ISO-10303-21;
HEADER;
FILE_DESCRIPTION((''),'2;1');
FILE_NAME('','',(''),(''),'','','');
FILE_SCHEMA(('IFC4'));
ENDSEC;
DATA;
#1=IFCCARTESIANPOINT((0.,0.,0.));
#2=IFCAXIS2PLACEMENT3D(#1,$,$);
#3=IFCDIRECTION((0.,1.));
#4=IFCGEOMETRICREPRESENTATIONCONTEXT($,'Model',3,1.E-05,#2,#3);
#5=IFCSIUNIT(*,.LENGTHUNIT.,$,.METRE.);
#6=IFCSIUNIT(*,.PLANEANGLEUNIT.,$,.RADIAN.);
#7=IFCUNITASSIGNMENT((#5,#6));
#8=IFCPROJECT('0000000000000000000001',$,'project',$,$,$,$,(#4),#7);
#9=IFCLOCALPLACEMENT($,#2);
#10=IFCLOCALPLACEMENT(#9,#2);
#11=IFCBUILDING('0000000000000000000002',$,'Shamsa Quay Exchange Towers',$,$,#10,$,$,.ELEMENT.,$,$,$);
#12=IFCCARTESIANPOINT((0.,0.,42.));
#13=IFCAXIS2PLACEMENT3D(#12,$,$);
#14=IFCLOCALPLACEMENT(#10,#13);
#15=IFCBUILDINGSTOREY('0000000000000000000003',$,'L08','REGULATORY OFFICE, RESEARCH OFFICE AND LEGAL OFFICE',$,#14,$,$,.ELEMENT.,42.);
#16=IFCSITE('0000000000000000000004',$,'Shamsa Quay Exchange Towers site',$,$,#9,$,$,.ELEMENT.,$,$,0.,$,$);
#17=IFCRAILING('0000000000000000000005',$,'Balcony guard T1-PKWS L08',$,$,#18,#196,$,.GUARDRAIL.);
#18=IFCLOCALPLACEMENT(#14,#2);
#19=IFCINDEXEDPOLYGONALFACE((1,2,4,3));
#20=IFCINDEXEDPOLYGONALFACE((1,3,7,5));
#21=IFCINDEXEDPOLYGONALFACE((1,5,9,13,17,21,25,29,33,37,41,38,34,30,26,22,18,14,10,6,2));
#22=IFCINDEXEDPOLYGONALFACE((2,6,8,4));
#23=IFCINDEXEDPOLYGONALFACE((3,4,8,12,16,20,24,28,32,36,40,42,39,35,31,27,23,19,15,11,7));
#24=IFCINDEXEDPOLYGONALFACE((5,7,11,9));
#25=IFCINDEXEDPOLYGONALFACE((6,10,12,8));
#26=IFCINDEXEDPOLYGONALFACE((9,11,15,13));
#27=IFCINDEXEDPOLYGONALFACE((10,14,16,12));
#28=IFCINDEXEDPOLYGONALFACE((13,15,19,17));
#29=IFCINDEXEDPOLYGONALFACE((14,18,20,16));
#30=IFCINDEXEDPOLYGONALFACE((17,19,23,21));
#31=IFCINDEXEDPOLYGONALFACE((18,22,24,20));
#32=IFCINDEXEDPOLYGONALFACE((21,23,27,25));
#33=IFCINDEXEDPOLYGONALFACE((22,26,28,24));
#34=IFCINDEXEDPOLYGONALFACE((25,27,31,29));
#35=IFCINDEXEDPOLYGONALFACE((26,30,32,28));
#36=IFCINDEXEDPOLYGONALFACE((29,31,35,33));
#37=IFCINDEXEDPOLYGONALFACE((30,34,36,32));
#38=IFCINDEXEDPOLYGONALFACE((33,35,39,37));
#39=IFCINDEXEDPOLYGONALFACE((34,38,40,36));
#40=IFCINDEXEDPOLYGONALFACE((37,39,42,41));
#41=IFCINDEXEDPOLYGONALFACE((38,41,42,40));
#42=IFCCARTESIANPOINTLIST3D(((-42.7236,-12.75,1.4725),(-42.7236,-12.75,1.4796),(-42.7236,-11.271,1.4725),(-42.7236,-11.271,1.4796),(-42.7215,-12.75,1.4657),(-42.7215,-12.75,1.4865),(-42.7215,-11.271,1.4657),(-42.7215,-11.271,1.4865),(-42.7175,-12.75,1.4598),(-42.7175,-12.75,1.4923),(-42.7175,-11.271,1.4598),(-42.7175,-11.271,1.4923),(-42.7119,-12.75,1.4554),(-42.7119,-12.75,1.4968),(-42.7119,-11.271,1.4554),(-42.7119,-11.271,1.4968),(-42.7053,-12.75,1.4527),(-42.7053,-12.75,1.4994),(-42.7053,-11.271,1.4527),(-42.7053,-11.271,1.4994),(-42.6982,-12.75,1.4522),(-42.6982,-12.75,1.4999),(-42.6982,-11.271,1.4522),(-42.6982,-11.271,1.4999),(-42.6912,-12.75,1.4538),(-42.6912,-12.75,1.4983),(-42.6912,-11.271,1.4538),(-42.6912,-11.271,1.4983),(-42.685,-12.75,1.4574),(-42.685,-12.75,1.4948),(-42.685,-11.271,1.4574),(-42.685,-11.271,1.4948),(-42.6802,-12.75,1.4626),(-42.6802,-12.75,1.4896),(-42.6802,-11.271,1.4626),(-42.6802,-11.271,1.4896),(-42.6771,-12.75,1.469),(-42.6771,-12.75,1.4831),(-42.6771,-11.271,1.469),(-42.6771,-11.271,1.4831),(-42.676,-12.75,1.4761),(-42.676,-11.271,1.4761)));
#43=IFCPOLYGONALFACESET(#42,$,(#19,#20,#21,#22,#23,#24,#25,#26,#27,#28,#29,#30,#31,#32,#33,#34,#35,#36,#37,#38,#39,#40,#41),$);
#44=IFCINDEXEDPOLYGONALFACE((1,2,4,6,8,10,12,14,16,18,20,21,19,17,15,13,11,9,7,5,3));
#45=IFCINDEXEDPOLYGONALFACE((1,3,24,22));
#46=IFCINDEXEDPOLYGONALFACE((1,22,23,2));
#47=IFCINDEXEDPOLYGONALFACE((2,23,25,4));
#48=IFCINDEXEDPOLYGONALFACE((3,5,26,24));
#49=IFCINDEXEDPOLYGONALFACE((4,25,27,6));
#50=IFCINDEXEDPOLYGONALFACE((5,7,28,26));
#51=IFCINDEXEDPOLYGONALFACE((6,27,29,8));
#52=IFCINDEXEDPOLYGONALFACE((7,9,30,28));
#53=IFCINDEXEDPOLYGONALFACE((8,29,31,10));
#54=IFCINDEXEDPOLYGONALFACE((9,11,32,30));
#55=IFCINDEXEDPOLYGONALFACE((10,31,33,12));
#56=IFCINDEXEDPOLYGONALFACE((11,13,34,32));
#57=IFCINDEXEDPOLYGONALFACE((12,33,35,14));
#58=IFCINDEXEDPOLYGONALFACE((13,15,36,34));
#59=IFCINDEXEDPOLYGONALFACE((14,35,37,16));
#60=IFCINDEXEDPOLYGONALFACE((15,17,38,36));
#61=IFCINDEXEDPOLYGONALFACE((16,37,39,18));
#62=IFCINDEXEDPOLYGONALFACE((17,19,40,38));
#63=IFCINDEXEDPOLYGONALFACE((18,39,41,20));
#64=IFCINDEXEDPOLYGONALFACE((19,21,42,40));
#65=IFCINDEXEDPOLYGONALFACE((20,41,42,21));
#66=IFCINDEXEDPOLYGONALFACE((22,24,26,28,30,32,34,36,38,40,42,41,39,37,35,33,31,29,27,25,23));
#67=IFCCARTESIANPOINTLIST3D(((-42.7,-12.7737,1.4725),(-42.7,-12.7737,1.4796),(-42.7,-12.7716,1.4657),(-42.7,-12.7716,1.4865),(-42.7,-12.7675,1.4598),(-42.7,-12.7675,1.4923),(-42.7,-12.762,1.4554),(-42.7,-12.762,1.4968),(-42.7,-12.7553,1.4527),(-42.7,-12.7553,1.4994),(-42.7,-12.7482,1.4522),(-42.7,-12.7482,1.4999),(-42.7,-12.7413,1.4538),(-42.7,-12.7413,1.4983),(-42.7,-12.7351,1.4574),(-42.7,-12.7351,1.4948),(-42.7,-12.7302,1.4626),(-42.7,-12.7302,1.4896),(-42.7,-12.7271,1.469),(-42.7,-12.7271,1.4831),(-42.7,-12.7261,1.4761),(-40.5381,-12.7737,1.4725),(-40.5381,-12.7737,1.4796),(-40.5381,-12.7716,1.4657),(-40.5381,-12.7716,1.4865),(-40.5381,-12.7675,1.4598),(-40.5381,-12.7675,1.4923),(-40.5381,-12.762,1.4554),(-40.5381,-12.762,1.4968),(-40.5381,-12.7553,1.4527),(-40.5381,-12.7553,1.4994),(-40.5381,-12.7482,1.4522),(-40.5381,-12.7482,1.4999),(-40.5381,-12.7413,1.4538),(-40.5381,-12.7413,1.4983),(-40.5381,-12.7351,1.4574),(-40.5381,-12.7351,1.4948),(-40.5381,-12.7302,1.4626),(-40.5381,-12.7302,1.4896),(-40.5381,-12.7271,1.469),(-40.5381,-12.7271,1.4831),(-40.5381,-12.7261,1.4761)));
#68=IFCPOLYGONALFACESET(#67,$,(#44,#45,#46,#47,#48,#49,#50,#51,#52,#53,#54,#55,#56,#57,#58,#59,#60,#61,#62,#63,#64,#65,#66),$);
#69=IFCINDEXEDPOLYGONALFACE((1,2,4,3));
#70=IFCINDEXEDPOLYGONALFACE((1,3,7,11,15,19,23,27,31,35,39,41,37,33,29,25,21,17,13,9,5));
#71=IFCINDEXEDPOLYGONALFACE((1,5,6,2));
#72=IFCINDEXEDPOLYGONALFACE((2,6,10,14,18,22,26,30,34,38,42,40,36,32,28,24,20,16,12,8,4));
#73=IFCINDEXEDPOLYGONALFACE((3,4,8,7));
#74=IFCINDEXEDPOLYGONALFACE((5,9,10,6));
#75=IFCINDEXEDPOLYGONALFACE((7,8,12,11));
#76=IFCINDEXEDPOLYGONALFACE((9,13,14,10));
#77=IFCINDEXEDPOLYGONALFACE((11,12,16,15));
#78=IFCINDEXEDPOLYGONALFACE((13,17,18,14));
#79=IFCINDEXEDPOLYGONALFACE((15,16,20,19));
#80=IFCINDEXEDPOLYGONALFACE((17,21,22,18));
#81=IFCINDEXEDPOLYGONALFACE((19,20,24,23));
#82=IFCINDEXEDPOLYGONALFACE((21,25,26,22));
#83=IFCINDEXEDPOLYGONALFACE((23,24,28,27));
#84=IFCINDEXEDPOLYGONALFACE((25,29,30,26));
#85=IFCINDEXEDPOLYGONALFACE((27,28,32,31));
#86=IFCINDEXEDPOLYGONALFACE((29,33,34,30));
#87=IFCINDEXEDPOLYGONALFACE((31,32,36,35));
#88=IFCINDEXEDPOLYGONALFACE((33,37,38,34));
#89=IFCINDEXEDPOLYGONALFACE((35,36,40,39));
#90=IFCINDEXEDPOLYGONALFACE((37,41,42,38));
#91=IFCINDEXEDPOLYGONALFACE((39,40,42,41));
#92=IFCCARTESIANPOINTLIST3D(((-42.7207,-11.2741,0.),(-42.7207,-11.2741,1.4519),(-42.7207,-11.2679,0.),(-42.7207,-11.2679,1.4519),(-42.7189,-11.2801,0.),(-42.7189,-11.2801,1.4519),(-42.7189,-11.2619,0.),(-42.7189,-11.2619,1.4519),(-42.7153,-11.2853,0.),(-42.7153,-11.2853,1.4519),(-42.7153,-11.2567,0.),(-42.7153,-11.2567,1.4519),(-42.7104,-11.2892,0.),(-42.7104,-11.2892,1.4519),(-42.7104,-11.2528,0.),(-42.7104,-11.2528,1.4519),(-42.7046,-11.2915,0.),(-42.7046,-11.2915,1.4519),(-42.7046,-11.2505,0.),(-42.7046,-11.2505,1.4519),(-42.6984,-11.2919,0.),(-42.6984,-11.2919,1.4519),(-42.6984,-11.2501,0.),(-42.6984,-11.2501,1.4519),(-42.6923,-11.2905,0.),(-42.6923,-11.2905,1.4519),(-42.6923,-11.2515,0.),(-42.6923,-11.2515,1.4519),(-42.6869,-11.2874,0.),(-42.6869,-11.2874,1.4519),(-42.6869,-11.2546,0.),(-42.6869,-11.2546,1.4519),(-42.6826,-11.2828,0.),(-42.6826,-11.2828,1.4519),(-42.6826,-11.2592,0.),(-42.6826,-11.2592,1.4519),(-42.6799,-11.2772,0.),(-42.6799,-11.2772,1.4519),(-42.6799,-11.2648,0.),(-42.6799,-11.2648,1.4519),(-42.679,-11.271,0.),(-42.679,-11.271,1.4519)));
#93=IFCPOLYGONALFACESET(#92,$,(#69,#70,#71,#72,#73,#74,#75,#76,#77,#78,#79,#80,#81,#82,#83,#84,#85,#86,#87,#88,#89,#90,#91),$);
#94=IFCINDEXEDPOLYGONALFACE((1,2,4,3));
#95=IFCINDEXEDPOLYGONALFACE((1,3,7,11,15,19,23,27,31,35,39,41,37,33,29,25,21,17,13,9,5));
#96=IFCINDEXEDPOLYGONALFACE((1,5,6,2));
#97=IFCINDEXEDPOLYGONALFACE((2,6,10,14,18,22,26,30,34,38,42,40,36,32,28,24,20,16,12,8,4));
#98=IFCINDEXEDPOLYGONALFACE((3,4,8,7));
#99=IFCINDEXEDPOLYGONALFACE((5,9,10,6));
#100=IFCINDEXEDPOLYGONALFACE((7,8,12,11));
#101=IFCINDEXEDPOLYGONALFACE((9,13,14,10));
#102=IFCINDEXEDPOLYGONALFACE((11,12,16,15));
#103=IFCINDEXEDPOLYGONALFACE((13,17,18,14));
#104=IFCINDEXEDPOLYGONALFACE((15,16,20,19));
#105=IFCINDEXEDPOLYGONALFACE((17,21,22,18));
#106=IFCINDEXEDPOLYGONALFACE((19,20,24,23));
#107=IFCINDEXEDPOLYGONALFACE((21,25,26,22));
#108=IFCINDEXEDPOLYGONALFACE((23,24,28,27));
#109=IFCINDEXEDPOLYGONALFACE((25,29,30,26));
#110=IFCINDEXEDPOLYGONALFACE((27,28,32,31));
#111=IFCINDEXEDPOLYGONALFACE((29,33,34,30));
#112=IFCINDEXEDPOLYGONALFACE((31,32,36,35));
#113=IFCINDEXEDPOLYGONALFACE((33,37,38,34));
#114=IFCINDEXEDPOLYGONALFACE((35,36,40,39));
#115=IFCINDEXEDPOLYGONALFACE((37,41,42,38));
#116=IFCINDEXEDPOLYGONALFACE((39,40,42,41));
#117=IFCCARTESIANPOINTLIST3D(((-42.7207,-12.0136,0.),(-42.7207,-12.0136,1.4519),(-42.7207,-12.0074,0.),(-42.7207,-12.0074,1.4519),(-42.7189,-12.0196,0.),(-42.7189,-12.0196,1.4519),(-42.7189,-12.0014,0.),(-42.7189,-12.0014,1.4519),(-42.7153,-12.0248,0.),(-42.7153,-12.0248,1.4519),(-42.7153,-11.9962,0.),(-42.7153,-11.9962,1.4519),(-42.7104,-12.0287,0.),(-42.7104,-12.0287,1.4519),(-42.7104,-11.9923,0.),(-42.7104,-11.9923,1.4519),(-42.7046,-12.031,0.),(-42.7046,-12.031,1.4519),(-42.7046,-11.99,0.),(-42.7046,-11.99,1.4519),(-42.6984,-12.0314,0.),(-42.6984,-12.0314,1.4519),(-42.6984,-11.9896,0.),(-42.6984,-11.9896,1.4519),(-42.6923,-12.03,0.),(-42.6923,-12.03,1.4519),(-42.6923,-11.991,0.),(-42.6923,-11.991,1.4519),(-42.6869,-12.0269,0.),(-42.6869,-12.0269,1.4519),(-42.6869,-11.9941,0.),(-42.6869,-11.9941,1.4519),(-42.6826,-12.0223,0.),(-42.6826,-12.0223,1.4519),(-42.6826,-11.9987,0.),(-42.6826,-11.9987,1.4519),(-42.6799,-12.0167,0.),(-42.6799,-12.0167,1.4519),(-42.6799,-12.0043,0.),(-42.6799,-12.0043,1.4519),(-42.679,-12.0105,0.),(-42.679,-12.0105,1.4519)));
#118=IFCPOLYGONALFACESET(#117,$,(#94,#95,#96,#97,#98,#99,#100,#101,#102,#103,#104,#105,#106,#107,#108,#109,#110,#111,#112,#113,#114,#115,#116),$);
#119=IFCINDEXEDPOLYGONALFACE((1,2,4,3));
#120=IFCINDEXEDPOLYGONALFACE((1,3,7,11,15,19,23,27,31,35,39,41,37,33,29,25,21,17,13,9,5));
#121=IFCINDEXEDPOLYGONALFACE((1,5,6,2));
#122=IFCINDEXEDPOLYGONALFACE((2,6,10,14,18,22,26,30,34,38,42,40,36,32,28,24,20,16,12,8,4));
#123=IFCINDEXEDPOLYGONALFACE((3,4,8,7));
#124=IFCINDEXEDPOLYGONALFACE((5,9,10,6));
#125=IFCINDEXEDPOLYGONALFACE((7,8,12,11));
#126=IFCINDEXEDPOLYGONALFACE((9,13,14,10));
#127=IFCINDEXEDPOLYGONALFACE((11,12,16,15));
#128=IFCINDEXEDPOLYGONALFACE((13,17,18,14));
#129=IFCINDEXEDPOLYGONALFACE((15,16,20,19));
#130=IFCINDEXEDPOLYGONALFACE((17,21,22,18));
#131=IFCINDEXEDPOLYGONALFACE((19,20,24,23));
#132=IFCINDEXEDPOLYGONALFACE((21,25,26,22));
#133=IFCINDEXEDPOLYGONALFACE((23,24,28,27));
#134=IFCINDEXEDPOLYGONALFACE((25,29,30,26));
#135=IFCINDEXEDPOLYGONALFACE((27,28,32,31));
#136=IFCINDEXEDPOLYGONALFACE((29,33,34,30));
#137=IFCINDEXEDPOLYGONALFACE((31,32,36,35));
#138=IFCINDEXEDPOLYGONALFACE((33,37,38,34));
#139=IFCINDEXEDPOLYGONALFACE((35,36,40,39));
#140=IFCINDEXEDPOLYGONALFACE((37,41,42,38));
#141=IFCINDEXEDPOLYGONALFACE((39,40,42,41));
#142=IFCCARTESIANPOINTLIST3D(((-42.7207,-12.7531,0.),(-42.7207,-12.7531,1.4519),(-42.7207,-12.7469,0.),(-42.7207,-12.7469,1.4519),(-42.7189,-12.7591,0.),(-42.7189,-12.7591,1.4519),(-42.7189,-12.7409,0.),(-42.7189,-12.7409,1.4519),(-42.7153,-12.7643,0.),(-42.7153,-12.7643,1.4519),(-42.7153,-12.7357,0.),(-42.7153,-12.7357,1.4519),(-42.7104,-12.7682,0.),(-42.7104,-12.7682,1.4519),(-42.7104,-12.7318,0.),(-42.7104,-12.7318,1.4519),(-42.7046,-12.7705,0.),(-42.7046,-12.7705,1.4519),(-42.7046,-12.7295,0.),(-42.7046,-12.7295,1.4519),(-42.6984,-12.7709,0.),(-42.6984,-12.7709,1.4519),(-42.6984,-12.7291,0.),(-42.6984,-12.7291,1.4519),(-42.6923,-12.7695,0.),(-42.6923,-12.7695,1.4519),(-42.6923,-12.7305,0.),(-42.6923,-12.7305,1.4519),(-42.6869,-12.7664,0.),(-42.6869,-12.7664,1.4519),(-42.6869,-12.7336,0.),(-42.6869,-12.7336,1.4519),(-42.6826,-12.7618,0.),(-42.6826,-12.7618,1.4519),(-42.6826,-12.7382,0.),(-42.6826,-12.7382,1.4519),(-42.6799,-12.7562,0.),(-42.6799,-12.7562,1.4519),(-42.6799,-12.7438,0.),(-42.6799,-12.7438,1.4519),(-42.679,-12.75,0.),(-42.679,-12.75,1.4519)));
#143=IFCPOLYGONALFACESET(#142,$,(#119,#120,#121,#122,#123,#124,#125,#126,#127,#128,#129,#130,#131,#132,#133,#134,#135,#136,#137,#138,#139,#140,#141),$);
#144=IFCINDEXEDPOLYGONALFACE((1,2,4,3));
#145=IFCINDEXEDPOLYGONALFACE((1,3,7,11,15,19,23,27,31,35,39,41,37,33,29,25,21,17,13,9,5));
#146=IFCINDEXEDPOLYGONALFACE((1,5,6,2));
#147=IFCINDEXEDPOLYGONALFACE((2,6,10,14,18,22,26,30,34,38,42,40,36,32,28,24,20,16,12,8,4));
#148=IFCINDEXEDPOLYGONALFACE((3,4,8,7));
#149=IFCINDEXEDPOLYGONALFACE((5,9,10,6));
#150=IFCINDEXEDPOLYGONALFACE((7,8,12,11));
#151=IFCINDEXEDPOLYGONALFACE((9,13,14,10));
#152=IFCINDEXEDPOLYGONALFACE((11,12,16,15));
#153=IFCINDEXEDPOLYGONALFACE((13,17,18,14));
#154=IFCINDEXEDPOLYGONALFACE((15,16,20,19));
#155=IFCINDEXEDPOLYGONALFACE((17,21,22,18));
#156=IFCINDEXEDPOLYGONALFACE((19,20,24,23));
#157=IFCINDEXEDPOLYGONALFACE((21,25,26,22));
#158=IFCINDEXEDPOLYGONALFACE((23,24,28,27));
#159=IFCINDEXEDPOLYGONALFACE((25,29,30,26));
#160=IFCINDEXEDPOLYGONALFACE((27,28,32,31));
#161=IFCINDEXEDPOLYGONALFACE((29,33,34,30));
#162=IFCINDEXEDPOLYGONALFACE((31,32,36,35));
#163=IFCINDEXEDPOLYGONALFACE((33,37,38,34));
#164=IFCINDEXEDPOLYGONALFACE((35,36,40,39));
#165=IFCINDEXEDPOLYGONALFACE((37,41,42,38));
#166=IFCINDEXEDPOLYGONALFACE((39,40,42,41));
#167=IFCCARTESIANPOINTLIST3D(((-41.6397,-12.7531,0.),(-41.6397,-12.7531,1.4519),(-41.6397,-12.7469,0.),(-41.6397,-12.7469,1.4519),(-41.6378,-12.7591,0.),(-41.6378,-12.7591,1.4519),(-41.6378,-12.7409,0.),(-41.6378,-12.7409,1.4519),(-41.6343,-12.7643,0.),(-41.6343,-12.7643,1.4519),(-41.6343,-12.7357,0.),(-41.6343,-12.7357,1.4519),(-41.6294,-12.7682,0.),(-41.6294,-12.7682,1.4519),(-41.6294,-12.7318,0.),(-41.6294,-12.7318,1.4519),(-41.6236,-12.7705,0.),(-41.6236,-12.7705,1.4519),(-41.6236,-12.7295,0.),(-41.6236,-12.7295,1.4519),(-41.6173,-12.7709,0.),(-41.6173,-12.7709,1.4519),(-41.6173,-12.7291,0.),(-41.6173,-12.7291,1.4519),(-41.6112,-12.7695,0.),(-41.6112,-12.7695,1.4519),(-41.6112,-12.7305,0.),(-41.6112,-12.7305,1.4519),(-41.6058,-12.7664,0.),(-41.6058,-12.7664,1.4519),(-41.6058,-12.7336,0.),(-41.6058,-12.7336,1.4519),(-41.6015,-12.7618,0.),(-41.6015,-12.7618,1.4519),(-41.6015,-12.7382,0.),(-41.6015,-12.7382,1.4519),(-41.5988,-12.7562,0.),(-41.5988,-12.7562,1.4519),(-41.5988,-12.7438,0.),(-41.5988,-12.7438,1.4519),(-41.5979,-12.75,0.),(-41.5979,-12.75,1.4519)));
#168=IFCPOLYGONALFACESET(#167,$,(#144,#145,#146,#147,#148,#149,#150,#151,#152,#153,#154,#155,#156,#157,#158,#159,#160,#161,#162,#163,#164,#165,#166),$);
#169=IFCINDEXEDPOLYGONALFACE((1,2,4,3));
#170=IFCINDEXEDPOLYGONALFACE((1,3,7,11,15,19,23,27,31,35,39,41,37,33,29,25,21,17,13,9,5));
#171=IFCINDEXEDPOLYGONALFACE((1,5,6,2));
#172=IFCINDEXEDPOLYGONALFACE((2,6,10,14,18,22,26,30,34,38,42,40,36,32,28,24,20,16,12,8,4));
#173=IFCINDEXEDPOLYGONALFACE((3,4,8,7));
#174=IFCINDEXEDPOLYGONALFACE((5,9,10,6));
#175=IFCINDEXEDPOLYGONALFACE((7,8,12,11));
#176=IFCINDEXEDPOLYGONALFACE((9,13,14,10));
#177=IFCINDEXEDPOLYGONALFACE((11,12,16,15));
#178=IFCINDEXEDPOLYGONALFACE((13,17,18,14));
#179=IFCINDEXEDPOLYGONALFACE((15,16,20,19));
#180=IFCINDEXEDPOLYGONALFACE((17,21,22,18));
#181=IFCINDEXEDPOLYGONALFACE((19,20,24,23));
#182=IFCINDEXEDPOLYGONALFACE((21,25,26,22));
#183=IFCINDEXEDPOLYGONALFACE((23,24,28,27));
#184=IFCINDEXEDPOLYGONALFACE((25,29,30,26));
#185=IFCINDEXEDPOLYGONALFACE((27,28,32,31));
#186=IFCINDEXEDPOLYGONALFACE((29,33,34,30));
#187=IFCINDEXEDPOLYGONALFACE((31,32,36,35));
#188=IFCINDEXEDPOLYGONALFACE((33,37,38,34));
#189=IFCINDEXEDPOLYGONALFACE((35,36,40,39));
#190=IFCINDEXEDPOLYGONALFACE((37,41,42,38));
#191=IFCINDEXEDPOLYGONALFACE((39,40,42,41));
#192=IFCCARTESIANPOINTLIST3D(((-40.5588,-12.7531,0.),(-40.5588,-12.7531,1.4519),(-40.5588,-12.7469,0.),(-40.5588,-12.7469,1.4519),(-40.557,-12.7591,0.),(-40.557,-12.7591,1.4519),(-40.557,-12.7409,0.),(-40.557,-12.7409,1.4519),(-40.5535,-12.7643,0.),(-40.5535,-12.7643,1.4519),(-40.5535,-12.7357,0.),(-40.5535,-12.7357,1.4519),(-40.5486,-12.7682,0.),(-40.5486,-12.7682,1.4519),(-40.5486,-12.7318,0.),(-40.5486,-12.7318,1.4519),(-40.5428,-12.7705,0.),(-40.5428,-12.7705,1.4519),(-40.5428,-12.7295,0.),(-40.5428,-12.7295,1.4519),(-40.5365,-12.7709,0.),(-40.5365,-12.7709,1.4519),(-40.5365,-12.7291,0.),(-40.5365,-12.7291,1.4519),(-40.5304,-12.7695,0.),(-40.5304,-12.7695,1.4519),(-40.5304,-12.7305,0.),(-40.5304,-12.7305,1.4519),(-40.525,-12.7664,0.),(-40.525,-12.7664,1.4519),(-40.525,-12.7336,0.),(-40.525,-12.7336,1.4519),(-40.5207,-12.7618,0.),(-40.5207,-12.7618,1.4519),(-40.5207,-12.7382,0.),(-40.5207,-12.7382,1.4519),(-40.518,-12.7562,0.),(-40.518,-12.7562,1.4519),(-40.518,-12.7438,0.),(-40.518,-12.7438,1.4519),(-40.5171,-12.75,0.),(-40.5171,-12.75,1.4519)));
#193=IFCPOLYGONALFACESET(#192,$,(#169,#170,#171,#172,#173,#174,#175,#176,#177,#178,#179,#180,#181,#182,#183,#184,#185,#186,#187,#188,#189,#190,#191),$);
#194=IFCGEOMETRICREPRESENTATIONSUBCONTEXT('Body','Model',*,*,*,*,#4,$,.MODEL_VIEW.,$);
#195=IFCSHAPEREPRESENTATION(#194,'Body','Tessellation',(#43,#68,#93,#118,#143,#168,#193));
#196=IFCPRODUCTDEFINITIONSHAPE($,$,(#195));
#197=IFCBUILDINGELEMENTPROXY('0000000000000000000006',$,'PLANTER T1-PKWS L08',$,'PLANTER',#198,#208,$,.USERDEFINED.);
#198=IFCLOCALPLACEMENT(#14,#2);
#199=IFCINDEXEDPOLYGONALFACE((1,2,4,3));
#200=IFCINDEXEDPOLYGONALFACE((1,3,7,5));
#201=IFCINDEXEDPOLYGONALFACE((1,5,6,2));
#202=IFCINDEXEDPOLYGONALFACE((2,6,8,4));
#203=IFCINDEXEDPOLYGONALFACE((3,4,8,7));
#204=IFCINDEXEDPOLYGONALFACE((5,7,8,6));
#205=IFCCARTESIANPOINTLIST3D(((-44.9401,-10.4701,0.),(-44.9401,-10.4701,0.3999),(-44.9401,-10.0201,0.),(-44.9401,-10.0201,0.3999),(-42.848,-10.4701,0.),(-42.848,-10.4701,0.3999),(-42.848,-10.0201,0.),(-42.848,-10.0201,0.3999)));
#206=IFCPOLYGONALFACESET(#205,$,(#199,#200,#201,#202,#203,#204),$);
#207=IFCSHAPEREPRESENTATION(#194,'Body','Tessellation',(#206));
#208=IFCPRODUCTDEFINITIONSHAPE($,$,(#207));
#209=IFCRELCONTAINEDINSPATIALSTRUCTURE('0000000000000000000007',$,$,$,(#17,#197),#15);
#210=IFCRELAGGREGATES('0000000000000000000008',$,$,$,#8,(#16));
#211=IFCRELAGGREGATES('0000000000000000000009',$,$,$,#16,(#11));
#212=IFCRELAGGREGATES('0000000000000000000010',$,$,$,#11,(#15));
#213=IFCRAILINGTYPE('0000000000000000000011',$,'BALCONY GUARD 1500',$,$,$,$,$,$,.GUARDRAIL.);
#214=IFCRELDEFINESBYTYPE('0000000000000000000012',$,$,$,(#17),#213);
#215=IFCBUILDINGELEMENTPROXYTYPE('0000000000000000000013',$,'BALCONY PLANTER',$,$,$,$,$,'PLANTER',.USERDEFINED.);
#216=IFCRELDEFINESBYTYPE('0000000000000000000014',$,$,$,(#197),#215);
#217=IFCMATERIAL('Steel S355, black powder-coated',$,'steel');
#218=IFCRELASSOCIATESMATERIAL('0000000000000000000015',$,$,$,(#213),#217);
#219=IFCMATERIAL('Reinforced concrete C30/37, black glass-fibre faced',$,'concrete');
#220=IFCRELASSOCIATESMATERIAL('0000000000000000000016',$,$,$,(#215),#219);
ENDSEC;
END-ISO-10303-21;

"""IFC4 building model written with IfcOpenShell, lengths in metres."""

from ifc_helpers import new_model, si_unit, direction, frame, origin, origin_2d, place, context, subcontext, project, spatial, rectangle, circle, extrude, material, type_object, element, save


model = new_model("IFC4")

# Units and contexts
model_context = context("Model", 3, precision=1e-05, world=origin(), true_north=direction((0.0, 1.0)))
body_context = subcontext(model_context, "Body", "Model", "MODEL_VIEW")
ifc_project = project(units=[si_unit("LENGTHUNIT", "METRE"), si_unit("PLANEANGLEUNIT", "RADIAN")], contexts=[model_context])

# Site, building, storey
site_placement = place(None, origin())
site = spatial("IfcSite", under=ifc_project, at=site_placement, Name="Shamsa Quay Exchange Towers site", CompositionType="ELEMENT", RefElevation=0.0)
building_placement = place(site_placement, origin())
building = spatial("IfcBuilding", under=site, at=building_placement, Name="Shamsa Quay Exchange Towers", CompositionType="ELEMENT")
storey_placement = place(building_placement, frame((0.0, 0.0, 42.0)))
storey = spatial("IfcBuildingStorey", under=building, at=storey_placement, Name="L08", Description="REGULATORY OFFICE, RESEARCH OFFICE AND LEGAL OFFICE", CompositionType="ELEMENT", Elevation=42.0)

# Railing
ifc_material_1 = material(Name="Steel S355, black powder-coated", Category="steel")
railing_type = type_object("IfcRailingType", Name="BALCONY GUARD 1500", PredefinedType="GUARDRAIL", material=ifc_material_1)
for number, where, name in (
    (1, (-42.7, -11.271, 0.0), "Balcony guard T1-PKWS L08"),
):
    element("IfcRailing", number, at=place(storey_placement, frame(where)), inside=storey, type_object=railing_type, Name=name, PredefinedType="GUARDRAIL", context=body_context, shape_type="SweptSolid", body=[
        extrude(circle(Radius=0.0239, at=origin_2d()), frame((0.0, 0.0, 1.4761), z_axis=(0.0, -1.0, 0.0), x_axis=(1.0, 0.0, 0.0)), (0.0, 0.0, 1.0), 1.479),
        extrude(circle(Radius=0.0239, at=origin_2d()), frame((0.0, -1.479, 1.4761), z_axis=(1.0, 0.0, 0.0), x_axis=(0.0, 1.0, 0.0)), (0.0, 0.0, 1.0), 2.1619),
        extrude(circle(Radius=0.021, at=origin_2d()), origin(), (0.0, 0.0, 1.0), 1.4519),
        extrude(circle(Radius=0.021, at=origin_2d()), frame((0.0, -0.7395, 0.0)), (0.0, 0.0, 1.0), 1.4519),
        extrude(circle(Radius=0.021, at=origin_2d()), frame((0.0, -1.479, 0.0)), (0.0, 0.0, 1.0), 1.4519),
        extrude(circle(Radius=0.021, at=origin_2d()), frame((1.0811, -1.479, 0.0)), (0.0, 0.0, 1.0), 1.4519),
        extrude(circle(Radius=0.021, at=origin_2d()), frame((2.1619, -1.479, 0.0)), (0.0, 0.0, 1.0), 1.4519),
    ])

# Building element proxy
ifc_material_2 = material(Name="Reinforced concrete C30/37, black glass-fibre faced", Category="concrete")
building_element_proxy_type = type_object("IfcBuildingElementProxyType", Name="BALCONY PLANTER", ElementType="PLANTER", PredefinedType="USERDEFINED", material=ifc_material_2)
proxy_placement = place(storey_placement, frame((-43.894, -10.2451, 0.0)))
element("IfcBuildingElementProxy", 2, at=proxy_placement, inside=storey, type_object=building_element_proxy_type, Name="PLANTER T1-PKWS L08", ObjectType="PLANTER", PredefinedType="USERDEFINED", context=body_context, shape_type="SweptSolid", body=[
    extrude(rectangle(XDim=2.092, YDim=0.45, at=origin_2d()), origin(), (0.0, 0.0, 1.0), 0.3999),
])

save(model, "model.ifc")
